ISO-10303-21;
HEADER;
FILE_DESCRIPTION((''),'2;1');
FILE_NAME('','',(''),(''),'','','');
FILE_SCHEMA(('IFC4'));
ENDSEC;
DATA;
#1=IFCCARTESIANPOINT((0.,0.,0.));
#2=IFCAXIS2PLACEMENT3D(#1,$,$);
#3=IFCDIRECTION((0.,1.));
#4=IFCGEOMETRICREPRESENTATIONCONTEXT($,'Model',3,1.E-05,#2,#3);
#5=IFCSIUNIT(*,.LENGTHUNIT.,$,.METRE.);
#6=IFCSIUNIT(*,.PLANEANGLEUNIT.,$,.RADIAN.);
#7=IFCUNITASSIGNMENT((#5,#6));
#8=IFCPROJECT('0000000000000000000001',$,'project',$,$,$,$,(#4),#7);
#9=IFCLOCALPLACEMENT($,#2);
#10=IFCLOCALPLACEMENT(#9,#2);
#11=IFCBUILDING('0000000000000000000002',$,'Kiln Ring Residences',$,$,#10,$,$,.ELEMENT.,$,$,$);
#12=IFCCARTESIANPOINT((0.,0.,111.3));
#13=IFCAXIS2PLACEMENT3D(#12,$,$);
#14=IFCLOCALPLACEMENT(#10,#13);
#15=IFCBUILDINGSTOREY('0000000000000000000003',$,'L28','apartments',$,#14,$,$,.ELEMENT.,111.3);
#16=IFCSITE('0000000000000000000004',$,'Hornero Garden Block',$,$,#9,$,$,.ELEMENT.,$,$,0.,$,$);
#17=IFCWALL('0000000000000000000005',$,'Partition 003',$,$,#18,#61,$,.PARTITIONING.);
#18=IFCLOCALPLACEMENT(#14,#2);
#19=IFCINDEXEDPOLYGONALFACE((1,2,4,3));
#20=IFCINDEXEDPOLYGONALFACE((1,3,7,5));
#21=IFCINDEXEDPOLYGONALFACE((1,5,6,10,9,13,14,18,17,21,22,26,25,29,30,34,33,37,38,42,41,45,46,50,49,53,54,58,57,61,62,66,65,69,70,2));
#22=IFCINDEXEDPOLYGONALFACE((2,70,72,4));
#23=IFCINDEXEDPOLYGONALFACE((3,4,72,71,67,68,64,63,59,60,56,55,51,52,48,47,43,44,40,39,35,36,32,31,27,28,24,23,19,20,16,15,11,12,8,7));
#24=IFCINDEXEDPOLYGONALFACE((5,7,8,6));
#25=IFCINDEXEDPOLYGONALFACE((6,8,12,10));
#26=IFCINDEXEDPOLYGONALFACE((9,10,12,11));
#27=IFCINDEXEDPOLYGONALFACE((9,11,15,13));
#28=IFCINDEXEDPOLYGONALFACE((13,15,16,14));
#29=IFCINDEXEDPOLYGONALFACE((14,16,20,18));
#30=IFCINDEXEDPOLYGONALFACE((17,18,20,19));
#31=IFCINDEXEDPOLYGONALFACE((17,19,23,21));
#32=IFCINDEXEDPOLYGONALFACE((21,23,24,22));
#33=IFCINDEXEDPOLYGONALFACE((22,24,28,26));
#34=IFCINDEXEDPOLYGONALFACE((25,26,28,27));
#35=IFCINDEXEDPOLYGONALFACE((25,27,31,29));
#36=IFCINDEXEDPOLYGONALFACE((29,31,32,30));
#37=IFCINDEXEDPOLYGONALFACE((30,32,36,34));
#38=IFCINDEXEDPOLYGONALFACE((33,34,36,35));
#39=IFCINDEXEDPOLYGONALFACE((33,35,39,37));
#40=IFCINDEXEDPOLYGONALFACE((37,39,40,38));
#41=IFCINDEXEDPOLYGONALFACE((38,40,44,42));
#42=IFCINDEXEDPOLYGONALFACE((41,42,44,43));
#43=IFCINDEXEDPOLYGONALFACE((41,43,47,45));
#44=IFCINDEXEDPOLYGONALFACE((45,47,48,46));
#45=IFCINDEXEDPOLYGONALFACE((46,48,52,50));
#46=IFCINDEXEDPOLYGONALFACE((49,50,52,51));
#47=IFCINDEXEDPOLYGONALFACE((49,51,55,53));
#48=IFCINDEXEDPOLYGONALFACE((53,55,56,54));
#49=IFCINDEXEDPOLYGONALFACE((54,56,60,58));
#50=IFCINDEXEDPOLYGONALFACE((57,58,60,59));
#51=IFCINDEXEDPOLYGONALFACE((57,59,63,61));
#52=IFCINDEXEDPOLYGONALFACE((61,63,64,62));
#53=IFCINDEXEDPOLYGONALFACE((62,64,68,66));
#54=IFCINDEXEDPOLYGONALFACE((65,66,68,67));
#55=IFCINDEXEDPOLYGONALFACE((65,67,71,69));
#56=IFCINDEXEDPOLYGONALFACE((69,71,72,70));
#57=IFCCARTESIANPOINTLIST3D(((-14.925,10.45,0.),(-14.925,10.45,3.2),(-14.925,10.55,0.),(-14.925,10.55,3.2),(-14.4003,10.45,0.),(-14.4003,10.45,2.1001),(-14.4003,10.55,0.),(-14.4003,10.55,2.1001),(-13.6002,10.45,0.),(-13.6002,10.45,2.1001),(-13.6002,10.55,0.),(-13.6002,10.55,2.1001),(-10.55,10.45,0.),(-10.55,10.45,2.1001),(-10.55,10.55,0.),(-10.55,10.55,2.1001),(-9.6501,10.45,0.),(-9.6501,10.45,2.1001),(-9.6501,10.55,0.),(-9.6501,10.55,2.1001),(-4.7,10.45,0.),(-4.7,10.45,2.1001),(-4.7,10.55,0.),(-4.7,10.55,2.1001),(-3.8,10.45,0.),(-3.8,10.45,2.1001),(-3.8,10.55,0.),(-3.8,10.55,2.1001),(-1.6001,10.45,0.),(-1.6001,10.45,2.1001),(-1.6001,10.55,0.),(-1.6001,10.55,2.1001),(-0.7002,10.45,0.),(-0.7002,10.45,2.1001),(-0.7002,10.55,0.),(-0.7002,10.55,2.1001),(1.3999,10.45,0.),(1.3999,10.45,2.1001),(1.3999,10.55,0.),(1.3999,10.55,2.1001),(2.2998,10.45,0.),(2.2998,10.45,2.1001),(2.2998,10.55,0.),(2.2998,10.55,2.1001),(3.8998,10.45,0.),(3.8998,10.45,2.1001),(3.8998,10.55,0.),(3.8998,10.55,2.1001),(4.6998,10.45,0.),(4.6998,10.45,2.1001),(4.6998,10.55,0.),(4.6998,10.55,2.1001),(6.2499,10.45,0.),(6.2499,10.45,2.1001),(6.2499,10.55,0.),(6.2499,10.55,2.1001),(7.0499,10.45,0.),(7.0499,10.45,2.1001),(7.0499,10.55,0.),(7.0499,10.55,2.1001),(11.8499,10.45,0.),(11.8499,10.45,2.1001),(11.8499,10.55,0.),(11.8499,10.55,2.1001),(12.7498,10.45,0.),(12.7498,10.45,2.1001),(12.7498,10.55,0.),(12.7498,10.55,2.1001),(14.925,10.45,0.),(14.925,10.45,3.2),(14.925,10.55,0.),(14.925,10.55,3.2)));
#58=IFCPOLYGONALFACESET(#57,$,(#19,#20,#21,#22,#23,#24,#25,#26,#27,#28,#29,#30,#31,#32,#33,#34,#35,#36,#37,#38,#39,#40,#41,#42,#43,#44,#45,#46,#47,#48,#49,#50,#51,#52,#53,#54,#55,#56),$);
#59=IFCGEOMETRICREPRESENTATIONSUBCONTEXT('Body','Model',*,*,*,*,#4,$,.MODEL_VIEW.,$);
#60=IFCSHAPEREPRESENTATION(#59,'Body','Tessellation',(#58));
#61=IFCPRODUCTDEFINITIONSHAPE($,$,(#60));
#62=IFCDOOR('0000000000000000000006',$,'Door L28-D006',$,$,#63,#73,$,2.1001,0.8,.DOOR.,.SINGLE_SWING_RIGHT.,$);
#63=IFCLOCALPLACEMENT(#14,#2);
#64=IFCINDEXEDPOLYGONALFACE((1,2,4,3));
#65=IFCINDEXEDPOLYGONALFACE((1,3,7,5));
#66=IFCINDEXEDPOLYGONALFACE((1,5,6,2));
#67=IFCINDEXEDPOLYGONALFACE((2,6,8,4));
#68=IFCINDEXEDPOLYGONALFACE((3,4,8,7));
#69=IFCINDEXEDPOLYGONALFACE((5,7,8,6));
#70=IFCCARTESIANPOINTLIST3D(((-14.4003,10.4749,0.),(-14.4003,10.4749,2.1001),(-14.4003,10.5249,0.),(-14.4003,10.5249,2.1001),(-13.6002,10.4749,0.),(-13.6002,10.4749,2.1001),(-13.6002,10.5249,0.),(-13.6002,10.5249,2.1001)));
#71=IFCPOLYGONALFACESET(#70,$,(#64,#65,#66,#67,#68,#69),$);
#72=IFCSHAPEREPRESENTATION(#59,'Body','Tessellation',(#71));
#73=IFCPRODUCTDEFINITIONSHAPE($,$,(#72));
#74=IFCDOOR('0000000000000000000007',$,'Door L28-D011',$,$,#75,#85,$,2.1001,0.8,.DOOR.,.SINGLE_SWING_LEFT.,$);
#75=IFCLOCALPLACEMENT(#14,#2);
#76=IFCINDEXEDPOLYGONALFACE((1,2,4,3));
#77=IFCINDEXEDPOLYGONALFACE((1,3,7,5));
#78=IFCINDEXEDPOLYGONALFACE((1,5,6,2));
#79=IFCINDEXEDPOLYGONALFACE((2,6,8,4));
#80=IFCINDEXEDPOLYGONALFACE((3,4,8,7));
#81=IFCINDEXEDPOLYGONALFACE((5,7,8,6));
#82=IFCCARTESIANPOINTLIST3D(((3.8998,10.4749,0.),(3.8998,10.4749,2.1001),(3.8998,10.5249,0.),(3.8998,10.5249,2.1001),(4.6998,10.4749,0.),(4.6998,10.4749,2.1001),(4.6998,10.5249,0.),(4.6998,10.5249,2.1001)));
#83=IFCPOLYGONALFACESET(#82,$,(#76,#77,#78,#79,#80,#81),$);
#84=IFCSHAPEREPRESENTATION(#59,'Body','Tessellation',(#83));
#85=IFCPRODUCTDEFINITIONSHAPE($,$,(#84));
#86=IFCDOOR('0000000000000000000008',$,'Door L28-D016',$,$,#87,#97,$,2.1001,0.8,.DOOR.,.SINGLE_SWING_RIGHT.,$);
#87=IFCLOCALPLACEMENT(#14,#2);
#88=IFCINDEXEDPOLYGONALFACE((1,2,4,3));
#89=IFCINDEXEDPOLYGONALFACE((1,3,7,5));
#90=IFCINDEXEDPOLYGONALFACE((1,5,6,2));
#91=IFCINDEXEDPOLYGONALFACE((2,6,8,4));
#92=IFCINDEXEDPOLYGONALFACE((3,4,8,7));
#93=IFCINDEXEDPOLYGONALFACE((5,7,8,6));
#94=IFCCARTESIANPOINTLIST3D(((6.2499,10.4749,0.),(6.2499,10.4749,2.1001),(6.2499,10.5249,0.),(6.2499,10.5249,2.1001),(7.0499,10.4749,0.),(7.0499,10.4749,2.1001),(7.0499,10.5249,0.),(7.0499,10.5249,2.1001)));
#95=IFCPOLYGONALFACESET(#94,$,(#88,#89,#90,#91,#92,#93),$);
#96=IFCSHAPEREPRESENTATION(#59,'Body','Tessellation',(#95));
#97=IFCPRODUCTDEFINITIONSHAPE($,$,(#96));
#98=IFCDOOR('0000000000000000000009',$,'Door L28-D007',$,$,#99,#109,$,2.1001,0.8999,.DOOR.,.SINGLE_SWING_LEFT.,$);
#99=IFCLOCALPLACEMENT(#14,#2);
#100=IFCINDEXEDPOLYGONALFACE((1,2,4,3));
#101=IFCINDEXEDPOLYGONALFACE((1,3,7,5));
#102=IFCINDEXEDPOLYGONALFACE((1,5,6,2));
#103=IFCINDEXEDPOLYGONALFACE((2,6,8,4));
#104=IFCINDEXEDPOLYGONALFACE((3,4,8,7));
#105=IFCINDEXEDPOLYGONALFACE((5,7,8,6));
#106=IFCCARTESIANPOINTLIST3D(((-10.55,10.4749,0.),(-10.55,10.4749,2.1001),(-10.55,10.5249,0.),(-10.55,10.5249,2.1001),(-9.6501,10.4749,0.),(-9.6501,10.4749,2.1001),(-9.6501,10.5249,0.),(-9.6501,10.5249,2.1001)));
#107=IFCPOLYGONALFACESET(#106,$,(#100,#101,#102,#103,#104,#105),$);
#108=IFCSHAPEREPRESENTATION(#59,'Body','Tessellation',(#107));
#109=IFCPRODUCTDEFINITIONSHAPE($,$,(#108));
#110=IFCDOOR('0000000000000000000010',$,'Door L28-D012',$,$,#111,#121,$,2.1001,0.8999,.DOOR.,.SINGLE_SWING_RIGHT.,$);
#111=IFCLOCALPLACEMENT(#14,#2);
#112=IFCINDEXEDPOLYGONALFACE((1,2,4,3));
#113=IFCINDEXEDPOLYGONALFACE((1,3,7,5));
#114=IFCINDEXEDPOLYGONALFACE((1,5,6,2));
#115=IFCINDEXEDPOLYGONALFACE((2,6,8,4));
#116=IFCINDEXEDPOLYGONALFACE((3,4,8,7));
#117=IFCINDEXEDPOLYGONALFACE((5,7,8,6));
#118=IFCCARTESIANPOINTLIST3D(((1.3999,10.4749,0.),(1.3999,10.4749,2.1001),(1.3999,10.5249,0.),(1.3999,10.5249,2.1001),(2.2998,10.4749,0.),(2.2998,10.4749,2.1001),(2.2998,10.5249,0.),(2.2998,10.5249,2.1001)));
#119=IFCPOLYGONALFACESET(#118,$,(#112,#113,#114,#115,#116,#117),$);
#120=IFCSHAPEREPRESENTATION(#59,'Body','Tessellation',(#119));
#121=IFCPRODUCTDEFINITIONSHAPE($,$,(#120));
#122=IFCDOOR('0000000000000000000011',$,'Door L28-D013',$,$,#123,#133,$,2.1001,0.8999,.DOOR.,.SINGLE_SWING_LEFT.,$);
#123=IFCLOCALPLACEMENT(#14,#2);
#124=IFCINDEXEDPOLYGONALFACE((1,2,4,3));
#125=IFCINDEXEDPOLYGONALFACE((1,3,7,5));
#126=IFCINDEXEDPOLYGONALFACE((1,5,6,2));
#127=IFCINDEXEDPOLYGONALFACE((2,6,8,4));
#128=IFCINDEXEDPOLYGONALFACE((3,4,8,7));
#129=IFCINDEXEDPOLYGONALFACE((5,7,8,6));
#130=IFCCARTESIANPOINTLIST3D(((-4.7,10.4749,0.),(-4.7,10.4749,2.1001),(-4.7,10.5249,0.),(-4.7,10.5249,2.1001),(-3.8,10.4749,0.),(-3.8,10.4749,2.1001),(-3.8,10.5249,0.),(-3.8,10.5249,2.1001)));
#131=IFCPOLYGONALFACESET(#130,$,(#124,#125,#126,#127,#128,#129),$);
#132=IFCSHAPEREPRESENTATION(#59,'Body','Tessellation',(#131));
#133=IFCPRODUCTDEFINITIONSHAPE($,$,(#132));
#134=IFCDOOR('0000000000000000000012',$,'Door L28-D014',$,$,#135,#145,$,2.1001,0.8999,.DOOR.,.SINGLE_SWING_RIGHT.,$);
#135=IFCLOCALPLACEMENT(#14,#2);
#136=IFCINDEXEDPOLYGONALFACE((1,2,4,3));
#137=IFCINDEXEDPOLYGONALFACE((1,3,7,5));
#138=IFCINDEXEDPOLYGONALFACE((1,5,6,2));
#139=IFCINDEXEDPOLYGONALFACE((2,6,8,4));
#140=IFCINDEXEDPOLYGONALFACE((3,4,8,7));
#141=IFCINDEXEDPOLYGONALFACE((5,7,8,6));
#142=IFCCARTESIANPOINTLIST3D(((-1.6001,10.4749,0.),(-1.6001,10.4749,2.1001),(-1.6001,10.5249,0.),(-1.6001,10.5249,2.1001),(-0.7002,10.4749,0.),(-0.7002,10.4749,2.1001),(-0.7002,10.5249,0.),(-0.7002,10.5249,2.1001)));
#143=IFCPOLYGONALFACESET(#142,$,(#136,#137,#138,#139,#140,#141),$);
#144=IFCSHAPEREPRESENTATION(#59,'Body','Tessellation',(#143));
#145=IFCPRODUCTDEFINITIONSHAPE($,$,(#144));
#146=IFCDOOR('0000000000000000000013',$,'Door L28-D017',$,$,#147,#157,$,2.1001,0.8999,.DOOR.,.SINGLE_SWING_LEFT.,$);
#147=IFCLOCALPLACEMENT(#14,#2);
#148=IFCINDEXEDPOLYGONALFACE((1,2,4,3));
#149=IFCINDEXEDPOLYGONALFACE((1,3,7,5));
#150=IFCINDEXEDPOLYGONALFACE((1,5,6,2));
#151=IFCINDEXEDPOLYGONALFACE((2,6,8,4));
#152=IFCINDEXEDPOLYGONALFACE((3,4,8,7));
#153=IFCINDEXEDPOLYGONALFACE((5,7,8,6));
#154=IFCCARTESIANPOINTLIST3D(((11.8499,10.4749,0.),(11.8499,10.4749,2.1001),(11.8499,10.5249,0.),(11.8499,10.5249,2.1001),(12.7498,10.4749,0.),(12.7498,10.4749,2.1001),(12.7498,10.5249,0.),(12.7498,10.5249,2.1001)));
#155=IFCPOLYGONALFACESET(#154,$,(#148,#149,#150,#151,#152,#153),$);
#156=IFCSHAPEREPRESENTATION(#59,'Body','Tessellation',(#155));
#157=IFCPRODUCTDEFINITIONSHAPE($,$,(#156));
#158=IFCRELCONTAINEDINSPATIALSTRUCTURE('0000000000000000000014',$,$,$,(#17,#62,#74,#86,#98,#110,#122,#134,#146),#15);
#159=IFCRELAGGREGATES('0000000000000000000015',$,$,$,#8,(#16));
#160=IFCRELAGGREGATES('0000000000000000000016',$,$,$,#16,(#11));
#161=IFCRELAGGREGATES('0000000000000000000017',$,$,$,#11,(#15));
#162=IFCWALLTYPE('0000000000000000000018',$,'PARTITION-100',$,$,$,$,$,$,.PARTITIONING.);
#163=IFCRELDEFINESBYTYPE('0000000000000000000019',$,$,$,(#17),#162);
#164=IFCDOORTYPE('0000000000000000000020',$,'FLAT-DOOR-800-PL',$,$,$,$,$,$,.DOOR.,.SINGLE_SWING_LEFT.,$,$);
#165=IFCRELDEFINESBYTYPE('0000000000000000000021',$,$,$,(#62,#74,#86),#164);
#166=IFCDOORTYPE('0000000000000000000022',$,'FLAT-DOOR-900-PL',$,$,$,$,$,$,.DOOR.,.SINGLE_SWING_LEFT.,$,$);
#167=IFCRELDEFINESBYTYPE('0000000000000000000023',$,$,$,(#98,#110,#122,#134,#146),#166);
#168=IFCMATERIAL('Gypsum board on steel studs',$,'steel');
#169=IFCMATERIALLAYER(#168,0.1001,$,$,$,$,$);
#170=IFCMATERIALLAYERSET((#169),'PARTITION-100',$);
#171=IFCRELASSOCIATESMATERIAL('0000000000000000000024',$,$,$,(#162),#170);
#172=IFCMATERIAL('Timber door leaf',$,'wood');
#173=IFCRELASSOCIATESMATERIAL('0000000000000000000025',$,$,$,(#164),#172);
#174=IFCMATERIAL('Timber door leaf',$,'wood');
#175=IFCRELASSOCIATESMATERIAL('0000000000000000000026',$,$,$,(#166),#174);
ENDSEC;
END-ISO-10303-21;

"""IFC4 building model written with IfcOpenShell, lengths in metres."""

from ifc_helpers import new_model, si_unit, direction, frame, frame_2d, origin, place, context, subcontext, project, spatial, rectangle, extrude, material, layer, layer_set, type_object, element, fill, save


model = new_model("IFC4")

# Units and contexts
model_context = context("Model", 3, precision=1e-05, world=origin(), true_north=direction((0.0, 1.0)))
body_context = subcontext(model_context, "Body", "Model", "MODEL_VIEW")
ifc_project = project(units=[si_unit("LENGTHUNIT", "METRE"), si_unit("PLANEANGLEUNIT", "RADIAN")], contexts=[model_context])

# Site, building, storey
site_placement = place(None, origin())
site = spatial("IfcSite", under=ifc_project, at=site_placement, Name="Hornero Garden Block", CompositionType="ELEMENT", RefElevation=0.0)
building_placement = place(site_placement, origin())
building = spatial("IfcBuilding", under=site, at=building_placement, Name="Kiln Ring Residences", CompositionType="ELEMENT")
storey_placement = place(building_placement, frame((0.0, 0.0, 111.3)))
storey = spatial("IfcBuildingStorey", under=building, at=storey_placement, Name="L28", Description="apartments", CompositionType="ELEMENT", Elevation=111.3)

# Wall, openings, doors
ifc_material_1 = material(Name="Gypsum board on steel studs", Category="steel")
ifc_layer_1 = layer(ifc_material_1, 0.1001)
ifc_layer_set_1 = layer_set([ifc_layer_1], Name="PARTITION-100")
wall_type_1 = type_object("IfcWallType", Name="PARTITION-100", PredefinedType="PARTITIONING", material=ifc_layer_set_1)
wall_1_placement = place(storey_placement, frame((-14.925, 10.5, 0.0), z_axis=(0.0, 0.0, 1.0), x_axis=(1.0, 0.0, 0.0)))
wall_1 = element("IfcWall", 1, at=wall_1_placement, inside=storey, type_object=wall_type_1, Name="Partition 003", PredefinedType="PARTITIONING", context=body_context, shape_type="SweptSolid", body=[
    extrude(rectangle(XDim=29.8501, YDim=0.1001, at=frame_2d((14.925, 0.0))), origin(), (0.0, 0.0, 1.0), 3.2),
])
opening_1_placement = place(wall_1_placement, frame((0.5249, 0.0, 0.0)))
opening_1 = element("IfcOpeningElement", 2, at=opening_1_placement, cuts=wall_1, PredefinedType="OPENING", context=body_context, shape_type="SweptSolid", body=[
    extrude(rectangle(XDim=0.8, YDim=2.1001, at=frame_2d((0.3999, 1.05))), frame((0.0, 0.0601, 0.0), z_axis=(0.0, -1.0, 0.0), x_axis=(1.0, 0.0, 0.0)), (0.0, 0.0, 1.0), 0.1201),
])
opening_2_placement = place(wall_1_placement, frame((4.375, 0.0, 0.0)))
opening_2 = element("IfcOpeningElement", 3, at=opening_2_placement, cuts=wall_1, PredefinedType="OPENING", context=body_context, shape_type="SweptSolid", body=[
    extrude(rectangle(XDim=0.8999, YDim=2.1001, at=frame_2d((0.45, 1.05))), frame((0.0, 0.0601, 0.0), z_axis=(0.0, -1.0, 0.0), x_axis=(1.0, 0.0, 0.0)), (0.0, 0.0, 1.0), 0.1201),
])
opening_3_placement = place(wall_1_placement, frame((18.825, 0.0, 0.0)))
opening_3 = element("IfcOpeningElement", 4, at=opening_3_placement, cuts=wall_1, PredefinedType="OPENING", context=body_context, shape_type="SweptSolid", body=[
    extrude(rectangle(XDim=0.8, YDim=2.1001, at=frame_2d((0.3999, 1.05))), frame((0.0, 0.0601, 0.0), z_axis=(0.0, -1.0, 0.0), x_axis=(1.0, 0.0, 0.0)), (0.0, 0.0, 1.0), 0.1201),
])
opening_4_placement = place(wall_1_placement, frame((16.325, 0.0, 0.0)))
opening_4 = element("IfcOpeningElement", 5, at=opening_4_placement, cuts=wall_1, PredefinedType="OPENING", context=body_context, shape_type="SweptSolid", body=[
    extrude(rectangle(XDim=0.8999, YDim=2.1001, at=frame_2d((0.45, 1.05))), frame((0.0, 0.0601, 0.0), z_axis=(0.0, -1.0, 0.0), x_axis=(1.0, 0.0, 0.0)), (0.0, 0.0, 1.0), 0.1201),
])
opening_5_placement = place(wall_1_placement, frame((10.2251, 0.0, 0.0)))
opening_5 = element("IfcOpeningElement", 6, at=opening_5_placement, cuts=wall_1, PredefinedType="OPENING", context=body_context, shape_type="SweptSolid", body=[
    extrude(rectangle(XDim=0.8999, YDim=2.1001, at=frame_2d((0.45, 1.05))), frame((0.0, 0.0601, 0.0), z_axis=(0.0, -1.0, 0.0), x_axis=(1.0, 0.0, 0.0)), (0.0, 0.0, 1.0), 0.1201),
])
opening_6_placement = place(wall_1_placement, frame((13.325, 0.0, 0.0)))
opening_6 = element("IfcOpeningElement", 7, at=opening_6_placement, cuts=wall_1, PredefinedType="OPENING", context=body_context, shape_type="SweptSolid", body=[
    extrude(rectangle(XDim=0.8999, YDim=2.1001, at=frame_2d((0.45, 1.05))), frame((0.0, 0.0601, 0.0), z_axis=(0.0, -1.0, 0.0), x_axis=(1.0, 0.0, 0.0)), (0.0, 0.0, 1.0), 0.1201),
])
opening_7_placement = place(wall_1_placement, frame((21.175, 0.0, 0.0)))
opening_7 = element("IfcOpeningElement", 8, at=opening_7_placement, cuts=wall_1, PredefinedType="OPENING", context=body_context, shape_type="SweptSolid", body=[
    extrude(rectangle(XDim=0.8, YDim=2.1001, at=frame_2d((0.3999, 1.05))), frame((0.0, 0.0601, 0.0), z_axis=(0.0, -1.0, 0.0), x_axis=(1.0, 0.0, 0.0)), (0.0, 0.0, 1.0), 0.1201),
])
opening_8_placement = place(wall_1_placement, frame((26.7749, 0.0, 0.0)))
opening_8 = element("IfcOpeningElement", 9, at=opening_8_placement, cuts=wall_1, PredefinedType="OPENING", context=body_context, shape_type="SweptSolid", body=[
    extrude(rectangle(XDim=0.8999, YDim=2.1001, at=frame_2d((0.45, 1.05))), frame((0.0, 0.0601, 0.0), z_axis=(0.0, -1.0, 0.0), x_axis=(1.0, 0.0, 0.0)), (0.0, 0.0, 1.0), 0.1201),
])
ifc_material_2 = material(Name="Timber door leaf", Category="wood")
door_type_1 = type_object("IfcDoorType", Name="FLAT-DOOR-800-PL", OperationType="SINGLE_SWING_LEFT", PredefinedType="DOOR", material=ifc_material_2)
door_1_placement = place(opening_1_placement, origin())
door_1 = element("IfcDoor", 10, at=door_1_placement, inside=storey, type_object=door_type_1, Name="Door L28-D006", OperationType="SINGLE_SWING_RIGHT", OverallHeight=2.1001, OverallWidth=0.8, PredefinedType="DOOR", context=body_context, shape_type="SweptSolid", body=[
    extrude(rectangle(XDim=0.8, YDim=2.1001, at=frame_2d((0.3999, 1.05))), frame((0.0, 0.0249, 0.0), z_axis=(0.0, -1.0, 0.0), x_axis=(1.0, 0.0, 0.0)), (0.0, 0.0, 1.0), 0.05),
])
fill(opening_1, door_1)
door_2_placement = place(opening_3_placement, origin())
door_2 = element("IfcDoor", 11, at=door_2_placement, inside=storey, type_object=door_type_1, Name="Door L28-D011", OperationType="SINGLE_SWING_LEFT", OverallHeight=2.1001, OverallWidth=0.8, PredefinedType="DOOR", context=body_context, shape_type="SweptSolid", body=[
    extrude(rectangle(XDim=0.8, YDim=2.1001, at=frame_2d((0.3999, 1.05))), frame((0.0, 0.0249, 0.0), z_axis=(0.0, -1.0, 0.0), x_axis=(1.0, 0.0, 0.0)), (0.0, 0.0, 1.0), 0.05),
])
fill(opening_3, door_2)
door_3_placement = place(opening_7_placement, origin())
door_3 = element("IfcDoor", 12, at=door_3_placement, inside=storey, type_object=door_type_1, Name="Door L28-D016", OperationType="SINGLE_SWING_RIGHT", OverallHeight=2.1001, OverallWidth=0.8, PredefinedType="DOOR", context=body_context, shape_type="SweptSolid", body=[
    extrude(rectangle(XDim=0.8, YDim=2.1001, at=frame_2d((0.3999, 1.05))), frame((0.0, 0.0249, 0.0), z_axis=(0.0, -1.0, 0.0), x_axis=(1.0, 0.0, 0.0)), (0.0, 0.0, 1.0), 0.05),
])
fill(opening_7, door_3)
ifc_material_3 = material(Name="Timber door leaf", Category="wood")
door_type_2 = type_object("IfcDoorType", Name="FLAT-DOOR-900-PL", OperationType="SINGLE_SWING_LEFT", PredefinedType="DOOR", material=ifc_material_3)
door_4_placement = place(opening_2_placement, origin())
door_4 = element("IfcDoor", 13, at=door_4_placement, inside=storey, type_object=door_type_2, Name="Door L28-D007", OperationType="SINGLE_SWING_LEFT", OverallHeight=2.1001, OverallWidth=0.8999, PredefinedType="DOOR", context=body_context, shape_type="SweptSolid", body=[
    extrude(rectangle(XDim=0.8999, YDim=2.1001, at=frame_2d((0.45, 1.05))), frame((0.0, 0.0249, 0.0), z_axis=(0.0, -1.0, 0.0), x_axis=(1.0, 0.0, 0.0)), (0.0, 0.0, 1.0), 0.05),
])
fill(opening_2, door_4)
door_5_placement = place(opening_4_placement, origin())
door_5 = element("IfcDoor", 14, at=door_5_placement, inside=storey, type_object=door_type_2, Name="Door L28-D012", OperationType="SINGLE_SWING_RIGHT", OverallHeight=2.1001, OverallWidth=0.8999, PredefinedType="DOOR", context=body_context, shape_type="SweptSolid", body=[
    extrude(rectangle(XDim=0.8999, YDim=2.1001, at=frame_2d((0.45, 1.05))), frame((0.0, 0.0249, 0.0), z_axis=(0.0, -1.0, 0.0), x_axis=(1.0, 0.0, 0.0)), (0.0, 0.0, 1.0), 0.05),
])
fill(opening_4, door_5)
door_6_placement = place(opening_5_placement, origin())
door_6 = element("IfcDoor", 15, at=door_6_placement, inside=storey, type_object=door_type_2, Name="Door L28-D013", OperationType="SINGLE_SWING_LEFT", OverallHeight=2.1001, OverallWidth=0.8999, PredefinedType="DOOR", context=body_context, shape_type="SweptSolid", body=[
    extrude(rectangle(XDim=0.8999, YDim=2.1001, at=frame_2d((0.45, 1.05))), frame((0.0, 0.0249, 0.0), z_axis=(0.0, -1.0, 0.0), x_axis=(1.0, 0.0, 0.0)), (0.0, 0.0, 1.0), 0.05),
])
fill(opening_5, door_6)
door_7_placement = place(opening_6_placement, origin())
door_7 = element("IfcDoor", 16, at=door_7_placement, inside=storey, type_object=door_type_2, Name="Door L28-D014", OperationType="SINGLE_SWING_RIGHT", OverallHeight=2.1001, OverallWidth=0.8999, PredefinedType="DOOR", context=body_context, shape_type="SweptSolid", body=[
    extrude(rectangle(XDim=0.8999, YDim=2.1001, at=frame_2d((0.45, 1.05))), frame((0.0, 0.0249, 0.0), z_axis=(0.0, -1.0, 0.0), x_axis=(1.0, 0.0, 0.0)), (0.0, 0.0, 1.0), 0.05),
])
fill(opening_6, door_7)
door_8_placement = place(opening_8_placement, origin())
door_8 = element("IfcDoor", 17, at=door_8_placement, inside=storey, type_object=door_type_2, Name="Door L28-D017", OperationType="SINGLE_SWING_LEFT", OverallHeight=2.1001, OverallWidth=0.8999, PredefinedType="DOOR", context=body_context, shape_type="SweptSolid", body=[
    extrude(rectangle(XDim=0.8999, YDim=2.1001, at=frame_2d((0.45, 1.05))), frame((0.0, 0.0249, 0.0), z_axis=(0.0, -1.0, 0.0), x_axis=(1.0, 0.0, 0.0)), (0.0, 0.0, 1.0), 0.05),
])
fill(opening_8, door_8)

save(model, "model.ifc")
